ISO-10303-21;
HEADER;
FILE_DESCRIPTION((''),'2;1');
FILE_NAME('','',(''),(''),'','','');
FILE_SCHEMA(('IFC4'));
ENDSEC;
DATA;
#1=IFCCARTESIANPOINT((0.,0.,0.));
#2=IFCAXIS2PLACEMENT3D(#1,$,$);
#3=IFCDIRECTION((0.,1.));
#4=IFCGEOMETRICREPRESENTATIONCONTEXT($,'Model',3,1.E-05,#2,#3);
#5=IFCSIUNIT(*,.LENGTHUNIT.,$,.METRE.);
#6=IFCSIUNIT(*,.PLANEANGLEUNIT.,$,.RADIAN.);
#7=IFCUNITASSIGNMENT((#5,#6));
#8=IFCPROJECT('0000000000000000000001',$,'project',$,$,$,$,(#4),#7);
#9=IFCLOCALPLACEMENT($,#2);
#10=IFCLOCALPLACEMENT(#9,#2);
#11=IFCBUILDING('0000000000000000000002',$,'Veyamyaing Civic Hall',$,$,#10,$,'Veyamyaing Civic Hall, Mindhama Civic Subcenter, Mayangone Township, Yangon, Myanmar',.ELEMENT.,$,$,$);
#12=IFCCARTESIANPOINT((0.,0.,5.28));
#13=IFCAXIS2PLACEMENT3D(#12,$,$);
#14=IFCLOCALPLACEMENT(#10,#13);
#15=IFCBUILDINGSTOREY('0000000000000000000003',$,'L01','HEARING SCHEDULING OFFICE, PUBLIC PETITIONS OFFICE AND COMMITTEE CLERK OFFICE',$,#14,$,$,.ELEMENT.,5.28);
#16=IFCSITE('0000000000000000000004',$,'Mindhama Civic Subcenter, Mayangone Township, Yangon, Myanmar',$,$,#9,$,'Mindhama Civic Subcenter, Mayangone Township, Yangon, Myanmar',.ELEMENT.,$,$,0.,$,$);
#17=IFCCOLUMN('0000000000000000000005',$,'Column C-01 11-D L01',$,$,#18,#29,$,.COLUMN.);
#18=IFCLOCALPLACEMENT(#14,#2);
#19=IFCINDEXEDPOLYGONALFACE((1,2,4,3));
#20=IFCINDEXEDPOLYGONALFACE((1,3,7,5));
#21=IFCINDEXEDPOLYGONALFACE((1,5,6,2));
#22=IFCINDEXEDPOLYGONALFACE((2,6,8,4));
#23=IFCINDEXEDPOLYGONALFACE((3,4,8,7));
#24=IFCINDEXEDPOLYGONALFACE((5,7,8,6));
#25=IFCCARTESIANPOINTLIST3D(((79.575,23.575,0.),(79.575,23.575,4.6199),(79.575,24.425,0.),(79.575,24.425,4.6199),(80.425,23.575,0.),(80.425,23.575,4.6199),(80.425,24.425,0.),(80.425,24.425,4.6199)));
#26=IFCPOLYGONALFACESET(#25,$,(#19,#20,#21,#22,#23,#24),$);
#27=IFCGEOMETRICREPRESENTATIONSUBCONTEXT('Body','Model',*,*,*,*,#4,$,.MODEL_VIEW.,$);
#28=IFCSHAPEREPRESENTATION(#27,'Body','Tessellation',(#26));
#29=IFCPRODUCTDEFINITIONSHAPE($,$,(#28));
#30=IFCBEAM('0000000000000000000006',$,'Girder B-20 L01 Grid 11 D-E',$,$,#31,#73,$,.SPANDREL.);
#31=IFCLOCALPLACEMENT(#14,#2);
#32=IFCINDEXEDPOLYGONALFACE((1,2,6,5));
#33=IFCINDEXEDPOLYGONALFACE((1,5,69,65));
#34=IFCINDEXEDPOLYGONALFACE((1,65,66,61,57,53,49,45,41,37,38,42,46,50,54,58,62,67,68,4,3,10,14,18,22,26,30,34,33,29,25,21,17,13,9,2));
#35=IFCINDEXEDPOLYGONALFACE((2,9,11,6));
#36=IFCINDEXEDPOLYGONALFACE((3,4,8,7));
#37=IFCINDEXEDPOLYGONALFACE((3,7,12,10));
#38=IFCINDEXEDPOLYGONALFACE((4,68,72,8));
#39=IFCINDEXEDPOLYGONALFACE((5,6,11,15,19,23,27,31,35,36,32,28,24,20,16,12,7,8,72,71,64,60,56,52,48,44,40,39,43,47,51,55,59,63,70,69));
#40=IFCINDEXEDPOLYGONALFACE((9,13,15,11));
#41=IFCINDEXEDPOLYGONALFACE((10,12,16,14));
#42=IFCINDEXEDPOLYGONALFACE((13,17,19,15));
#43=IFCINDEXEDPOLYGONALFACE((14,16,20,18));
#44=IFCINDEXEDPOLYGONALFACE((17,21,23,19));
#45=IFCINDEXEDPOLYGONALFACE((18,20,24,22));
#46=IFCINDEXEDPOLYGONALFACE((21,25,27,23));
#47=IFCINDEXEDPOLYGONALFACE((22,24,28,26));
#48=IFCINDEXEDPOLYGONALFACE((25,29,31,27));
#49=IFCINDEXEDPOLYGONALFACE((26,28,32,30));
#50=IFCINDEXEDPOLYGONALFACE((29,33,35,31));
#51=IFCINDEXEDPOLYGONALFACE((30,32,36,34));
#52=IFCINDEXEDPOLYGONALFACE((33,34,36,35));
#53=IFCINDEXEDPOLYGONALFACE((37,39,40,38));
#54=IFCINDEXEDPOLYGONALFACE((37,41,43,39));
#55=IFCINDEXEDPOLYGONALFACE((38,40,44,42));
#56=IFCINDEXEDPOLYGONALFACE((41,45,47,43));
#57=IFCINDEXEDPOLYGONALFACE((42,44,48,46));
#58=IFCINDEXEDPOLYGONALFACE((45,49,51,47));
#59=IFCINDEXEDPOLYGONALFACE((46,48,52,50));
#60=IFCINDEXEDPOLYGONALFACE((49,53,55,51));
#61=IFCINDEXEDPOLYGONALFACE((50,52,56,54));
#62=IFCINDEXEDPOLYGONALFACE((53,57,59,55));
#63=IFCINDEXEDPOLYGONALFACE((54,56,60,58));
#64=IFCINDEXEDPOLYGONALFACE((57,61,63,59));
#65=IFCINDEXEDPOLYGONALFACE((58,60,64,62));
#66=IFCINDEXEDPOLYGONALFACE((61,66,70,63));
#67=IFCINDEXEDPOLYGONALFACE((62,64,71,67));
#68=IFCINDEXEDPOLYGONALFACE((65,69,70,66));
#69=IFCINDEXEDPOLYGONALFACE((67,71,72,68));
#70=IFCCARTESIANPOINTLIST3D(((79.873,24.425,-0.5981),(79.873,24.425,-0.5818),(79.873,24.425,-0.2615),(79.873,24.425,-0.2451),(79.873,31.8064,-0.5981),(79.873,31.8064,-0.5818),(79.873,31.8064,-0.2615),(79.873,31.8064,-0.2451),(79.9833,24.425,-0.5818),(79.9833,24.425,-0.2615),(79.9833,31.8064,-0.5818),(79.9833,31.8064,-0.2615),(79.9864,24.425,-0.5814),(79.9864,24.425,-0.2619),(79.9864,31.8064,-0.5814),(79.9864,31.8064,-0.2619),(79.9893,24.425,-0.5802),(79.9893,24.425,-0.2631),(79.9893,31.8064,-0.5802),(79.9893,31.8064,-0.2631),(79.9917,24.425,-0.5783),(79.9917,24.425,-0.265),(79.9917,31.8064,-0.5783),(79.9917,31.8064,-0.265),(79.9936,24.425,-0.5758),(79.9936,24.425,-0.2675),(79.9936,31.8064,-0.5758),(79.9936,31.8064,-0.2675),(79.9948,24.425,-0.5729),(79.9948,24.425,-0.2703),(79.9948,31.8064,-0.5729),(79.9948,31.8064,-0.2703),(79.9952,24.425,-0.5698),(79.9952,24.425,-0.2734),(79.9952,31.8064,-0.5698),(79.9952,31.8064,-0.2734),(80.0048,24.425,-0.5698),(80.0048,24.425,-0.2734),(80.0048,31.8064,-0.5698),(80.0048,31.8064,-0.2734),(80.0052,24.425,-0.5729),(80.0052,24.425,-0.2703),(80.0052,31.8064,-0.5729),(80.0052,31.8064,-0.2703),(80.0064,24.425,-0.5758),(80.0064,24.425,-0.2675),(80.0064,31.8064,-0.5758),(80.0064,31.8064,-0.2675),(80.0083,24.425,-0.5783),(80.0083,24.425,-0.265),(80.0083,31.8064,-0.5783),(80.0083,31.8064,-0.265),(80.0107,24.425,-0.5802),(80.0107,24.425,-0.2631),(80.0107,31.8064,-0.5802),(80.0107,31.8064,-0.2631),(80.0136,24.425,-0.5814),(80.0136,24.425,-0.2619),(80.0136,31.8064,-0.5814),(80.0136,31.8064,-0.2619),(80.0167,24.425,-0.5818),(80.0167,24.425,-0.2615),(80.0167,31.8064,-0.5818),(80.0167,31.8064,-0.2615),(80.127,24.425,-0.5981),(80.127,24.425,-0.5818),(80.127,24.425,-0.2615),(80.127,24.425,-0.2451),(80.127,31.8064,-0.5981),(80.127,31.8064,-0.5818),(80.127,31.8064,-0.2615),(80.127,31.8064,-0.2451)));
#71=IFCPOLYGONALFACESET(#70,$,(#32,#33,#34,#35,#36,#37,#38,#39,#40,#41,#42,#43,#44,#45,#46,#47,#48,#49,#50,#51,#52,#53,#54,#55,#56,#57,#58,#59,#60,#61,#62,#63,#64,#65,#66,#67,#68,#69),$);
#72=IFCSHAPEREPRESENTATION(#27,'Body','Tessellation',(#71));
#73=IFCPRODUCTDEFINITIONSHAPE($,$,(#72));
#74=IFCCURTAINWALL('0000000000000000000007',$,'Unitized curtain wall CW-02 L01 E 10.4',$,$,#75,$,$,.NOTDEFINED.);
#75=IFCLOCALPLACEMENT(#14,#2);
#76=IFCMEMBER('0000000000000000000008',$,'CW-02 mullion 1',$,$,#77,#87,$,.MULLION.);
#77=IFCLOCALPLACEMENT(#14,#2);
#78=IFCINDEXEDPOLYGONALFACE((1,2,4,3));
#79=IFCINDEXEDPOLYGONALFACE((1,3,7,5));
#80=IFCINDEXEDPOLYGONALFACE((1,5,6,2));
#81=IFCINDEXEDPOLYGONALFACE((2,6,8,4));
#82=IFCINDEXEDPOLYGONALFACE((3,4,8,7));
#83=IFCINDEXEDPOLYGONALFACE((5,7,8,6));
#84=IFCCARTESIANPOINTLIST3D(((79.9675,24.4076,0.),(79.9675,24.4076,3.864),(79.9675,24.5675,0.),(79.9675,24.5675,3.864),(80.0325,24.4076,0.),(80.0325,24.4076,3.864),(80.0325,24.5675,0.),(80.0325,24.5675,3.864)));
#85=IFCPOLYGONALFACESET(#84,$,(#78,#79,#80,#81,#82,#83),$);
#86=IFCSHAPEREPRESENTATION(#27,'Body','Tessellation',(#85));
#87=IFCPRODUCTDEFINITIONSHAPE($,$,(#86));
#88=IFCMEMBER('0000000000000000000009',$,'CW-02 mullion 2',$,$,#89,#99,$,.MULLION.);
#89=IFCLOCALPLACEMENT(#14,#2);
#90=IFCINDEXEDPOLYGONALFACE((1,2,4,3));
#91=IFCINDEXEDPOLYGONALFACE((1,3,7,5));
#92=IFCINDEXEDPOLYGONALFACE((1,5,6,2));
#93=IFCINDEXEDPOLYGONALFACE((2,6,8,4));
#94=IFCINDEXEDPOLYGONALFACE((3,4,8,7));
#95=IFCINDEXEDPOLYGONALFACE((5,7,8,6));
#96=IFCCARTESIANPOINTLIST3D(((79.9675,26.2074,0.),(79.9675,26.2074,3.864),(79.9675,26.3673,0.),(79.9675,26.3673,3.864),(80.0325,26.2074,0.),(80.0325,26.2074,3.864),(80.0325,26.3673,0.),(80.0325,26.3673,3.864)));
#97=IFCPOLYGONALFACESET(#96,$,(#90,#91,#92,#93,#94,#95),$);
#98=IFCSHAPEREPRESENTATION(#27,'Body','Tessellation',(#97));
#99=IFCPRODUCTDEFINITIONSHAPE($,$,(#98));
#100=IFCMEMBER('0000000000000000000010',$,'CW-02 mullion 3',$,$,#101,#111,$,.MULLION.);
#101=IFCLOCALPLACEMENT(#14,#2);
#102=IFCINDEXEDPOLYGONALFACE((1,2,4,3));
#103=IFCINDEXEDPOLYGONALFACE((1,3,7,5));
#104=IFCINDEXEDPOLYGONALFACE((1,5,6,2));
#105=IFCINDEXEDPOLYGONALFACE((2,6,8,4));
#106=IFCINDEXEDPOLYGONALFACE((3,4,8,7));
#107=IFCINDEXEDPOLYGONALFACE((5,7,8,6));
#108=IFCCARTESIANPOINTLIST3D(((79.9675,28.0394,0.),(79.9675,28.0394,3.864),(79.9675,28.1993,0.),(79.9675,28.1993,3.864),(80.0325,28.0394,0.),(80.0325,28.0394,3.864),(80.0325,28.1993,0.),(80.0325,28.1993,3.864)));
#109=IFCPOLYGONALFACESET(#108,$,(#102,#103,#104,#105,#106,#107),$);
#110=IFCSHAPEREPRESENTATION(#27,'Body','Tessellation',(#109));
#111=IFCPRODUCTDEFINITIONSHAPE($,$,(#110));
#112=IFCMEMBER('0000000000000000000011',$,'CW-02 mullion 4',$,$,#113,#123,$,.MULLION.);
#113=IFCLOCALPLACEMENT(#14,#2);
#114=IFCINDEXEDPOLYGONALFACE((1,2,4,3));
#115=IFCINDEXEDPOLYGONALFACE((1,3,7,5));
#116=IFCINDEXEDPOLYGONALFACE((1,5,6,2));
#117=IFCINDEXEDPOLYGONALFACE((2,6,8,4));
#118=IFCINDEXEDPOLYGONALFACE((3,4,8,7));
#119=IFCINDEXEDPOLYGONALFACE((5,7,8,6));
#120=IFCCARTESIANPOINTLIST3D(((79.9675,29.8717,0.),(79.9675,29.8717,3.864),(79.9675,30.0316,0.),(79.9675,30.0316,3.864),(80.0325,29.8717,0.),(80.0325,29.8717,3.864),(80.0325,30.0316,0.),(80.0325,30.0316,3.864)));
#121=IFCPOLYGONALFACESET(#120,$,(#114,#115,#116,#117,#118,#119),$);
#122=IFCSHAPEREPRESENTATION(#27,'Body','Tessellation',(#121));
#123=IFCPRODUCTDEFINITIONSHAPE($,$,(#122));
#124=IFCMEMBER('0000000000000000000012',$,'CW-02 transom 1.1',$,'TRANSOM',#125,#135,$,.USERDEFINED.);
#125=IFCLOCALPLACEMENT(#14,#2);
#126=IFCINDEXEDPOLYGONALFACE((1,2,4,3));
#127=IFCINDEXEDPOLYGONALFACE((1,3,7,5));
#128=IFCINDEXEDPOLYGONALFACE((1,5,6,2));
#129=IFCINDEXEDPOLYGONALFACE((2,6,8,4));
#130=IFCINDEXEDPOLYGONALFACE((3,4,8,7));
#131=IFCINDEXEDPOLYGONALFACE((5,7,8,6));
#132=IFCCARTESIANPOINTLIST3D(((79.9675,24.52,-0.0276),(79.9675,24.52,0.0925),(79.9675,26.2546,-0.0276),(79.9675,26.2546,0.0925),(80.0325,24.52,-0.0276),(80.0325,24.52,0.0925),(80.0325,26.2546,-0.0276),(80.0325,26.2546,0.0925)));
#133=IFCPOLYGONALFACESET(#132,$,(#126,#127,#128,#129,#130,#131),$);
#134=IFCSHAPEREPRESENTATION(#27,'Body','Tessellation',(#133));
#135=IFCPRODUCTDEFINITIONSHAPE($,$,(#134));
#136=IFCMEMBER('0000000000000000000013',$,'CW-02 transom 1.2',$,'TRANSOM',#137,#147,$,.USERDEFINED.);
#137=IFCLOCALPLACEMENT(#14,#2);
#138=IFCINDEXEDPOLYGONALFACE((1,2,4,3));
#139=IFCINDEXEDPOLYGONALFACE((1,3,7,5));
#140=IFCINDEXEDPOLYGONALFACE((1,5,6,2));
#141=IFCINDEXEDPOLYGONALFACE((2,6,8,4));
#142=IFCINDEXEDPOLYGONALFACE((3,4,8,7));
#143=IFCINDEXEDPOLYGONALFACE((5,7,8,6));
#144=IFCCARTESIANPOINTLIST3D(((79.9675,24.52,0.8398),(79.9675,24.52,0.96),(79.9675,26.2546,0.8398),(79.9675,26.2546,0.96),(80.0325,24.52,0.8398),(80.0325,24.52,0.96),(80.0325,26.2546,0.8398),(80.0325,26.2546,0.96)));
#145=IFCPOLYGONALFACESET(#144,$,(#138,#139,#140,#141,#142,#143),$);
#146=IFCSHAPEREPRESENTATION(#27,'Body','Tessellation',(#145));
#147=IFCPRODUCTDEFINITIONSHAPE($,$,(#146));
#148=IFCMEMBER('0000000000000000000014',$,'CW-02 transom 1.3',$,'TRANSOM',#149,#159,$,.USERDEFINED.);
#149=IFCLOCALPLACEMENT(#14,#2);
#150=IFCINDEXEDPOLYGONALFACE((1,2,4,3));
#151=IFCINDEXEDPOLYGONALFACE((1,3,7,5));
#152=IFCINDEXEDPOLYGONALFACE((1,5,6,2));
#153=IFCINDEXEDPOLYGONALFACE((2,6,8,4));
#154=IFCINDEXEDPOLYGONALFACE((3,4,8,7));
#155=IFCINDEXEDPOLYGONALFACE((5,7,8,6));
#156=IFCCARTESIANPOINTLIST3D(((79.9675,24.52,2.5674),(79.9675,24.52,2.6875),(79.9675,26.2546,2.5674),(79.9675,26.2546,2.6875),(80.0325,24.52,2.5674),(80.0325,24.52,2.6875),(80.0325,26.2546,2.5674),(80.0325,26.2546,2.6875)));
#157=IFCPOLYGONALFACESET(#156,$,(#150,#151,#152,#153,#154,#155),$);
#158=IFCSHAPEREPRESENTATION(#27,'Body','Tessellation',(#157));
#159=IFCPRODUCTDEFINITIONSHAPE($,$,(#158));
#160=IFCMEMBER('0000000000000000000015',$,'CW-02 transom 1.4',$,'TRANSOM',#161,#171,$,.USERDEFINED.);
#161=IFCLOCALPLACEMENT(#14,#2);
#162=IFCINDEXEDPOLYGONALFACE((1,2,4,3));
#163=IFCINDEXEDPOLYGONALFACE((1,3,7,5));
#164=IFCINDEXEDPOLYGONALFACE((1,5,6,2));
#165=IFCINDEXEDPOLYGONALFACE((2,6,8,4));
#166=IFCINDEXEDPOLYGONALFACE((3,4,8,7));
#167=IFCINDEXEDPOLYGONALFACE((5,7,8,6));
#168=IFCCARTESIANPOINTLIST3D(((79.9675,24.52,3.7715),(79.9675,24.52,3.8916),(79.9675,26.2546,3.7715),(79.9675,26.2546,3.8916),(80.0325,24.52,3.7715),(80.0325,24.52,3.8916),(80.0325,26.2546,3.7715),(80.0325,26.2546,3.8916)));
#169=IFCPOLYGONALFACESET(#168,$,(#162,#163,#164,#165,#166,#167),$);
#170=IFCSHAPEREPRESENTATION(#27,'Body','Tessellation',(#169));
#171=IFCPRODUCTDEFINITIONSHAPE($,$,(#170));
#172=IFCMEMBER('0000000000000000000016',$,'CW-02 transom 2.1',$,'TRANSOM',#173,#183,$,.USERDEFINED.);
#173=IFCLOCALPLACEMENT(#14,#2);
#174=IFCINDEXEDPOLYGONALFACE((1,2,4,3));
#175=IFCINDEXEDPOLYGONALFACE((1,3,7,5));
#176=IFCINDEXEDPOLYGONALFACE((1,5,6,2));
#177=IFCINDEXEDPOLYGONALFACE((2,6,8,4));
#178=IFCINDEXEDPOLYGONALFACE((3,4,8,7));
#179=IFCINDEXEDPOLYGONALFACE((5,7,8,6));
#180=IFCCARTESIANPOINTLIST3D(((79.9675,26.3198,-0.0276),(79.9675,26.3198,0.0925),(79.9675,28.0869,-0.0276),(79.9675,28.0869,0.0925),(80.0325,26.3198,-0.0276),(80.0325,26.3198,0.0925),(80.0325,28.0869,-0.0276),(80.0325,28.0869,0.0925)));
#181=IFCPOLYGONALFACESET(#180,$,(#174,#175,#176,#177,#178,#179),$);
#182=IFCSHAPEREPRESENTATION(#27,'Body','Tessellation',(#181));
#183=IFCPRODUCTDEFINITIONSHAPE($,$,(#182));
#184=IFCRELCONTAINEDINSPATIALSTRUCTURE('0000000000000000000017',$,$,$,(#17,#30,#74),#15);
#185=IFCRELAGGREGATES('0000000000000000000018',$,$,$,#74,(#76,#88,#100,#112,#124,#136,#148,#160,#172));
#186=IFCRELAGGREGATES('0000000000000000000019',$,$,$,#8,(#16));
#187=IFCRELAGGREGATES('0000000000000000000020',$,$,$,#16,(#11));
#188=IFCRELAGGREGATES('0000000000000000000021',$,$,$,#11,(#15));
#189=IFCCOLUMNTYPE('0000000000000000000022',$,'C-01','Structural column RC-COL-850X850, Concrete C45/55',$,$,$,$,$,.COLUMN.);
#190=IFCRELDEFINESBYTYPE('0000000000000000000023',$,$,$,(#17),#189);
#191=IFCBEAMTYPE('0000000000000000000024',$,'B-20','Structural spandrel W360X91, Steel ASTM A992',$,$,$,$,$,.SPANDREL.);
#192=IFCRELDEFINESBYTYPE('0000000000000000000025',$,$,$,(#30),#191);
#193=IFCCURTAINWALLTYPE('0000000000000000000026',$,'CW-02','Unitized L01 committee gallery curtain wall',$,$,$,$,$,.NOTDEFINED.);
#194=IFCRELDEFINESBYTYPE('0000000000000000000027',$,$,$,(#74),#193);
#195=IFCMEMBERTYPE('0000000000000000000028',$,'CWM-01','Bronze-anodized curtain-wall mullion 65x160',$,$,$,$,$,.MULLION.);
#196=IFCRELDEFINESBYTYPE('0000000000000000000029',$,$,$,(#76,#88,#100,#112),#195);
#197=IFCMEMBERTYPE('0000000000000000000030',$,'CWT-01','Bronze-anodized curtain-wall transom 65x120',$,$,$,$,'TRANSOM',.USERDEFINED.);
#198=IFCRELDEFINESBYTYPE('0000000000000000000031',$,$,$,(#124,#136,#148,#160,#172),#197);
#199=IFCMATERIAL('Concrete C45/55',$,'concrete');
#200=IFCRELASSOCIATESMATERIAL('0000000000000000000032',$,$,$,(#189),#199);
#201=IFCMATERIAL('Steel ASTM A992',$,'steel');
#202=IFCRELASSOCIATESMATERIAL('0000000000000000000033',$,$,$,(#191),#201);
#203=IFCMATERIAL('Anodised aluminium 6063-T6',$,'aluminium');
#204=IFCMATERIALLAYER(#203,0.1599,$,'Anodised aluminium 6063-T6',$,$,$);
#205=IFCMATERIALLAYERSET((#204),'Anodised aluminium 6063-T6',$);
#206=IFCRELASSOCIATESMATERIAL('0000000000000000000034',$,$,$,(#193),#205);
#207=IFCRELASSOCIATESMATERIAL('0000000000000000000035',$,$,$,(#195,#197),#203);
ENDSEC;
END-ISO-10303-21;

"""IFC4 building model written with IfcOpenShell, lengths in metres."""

from ifc_helpers import new_model, si_unit, direction, frame, origin, origin_2d, place, context, subcontext, project, spatial, rectangle, i_section, extrude, material, layer, layer_set, material_profile, profile_set, type_object, element, aggregate, save


model = new_model("IFC4")

# Units and contexts
model_context = context("Model", 3, precision=1e-05, world=origin(), true_north=direction((0.0, 1.0)))
body_context = subcontext(model_context, "Body", "Model", "MODEL_VIEW")
ifc_project = project(units=[si_unit("LENGTHUNIT", "METRE"), si_unit("PLANEANGLEUNIT", "RADIAN")], contexts=[model_context])

# Site, building, storey
site_placement = place(None, origin())
site = spatial("IfcSite", under=ifc_project, at=site_placement, Name="Mindhama Civic Subcenter, Mayangone Township, Yangon, Myanmar", LongName="Mindhama Civic Subcenter, Mayangone Township, Yangon, Myanmar", CompositionType="ELEMENT", RefElevation=0.0)
building_placement = place(site_placement, origin())
building = spatial("IfcBuilding", under=site, at=building_placement, Name="Veyamyaing Civic Hall", LongName="Veyamyaing Civic Hall, Mindhama Civic Subcenter, Mayangone Township, Yangon, Myanmar", CompositionType="ELEMENT")
storey_placement = place(building_placement, frame((0.0, 0.0, 5.28)))
storey = spatial("IfcBuildingStorey", under=building, at=storey_placement, Name="L01", Description="HEARING SCHEDULING OFFICE, PUBLIC PETITIONS OFFICE AND COMMITTEE CLERK OFFICE", CompositionType="ELEMENT", Elevation=5.28)

# Column
ifc_material_1 = material(Name="Concrete C45/55", Category="concrete")
ifc_material_profile_1 = material_profile(ifc_material_1, rectangle(XDim=0.8501, YDim=0.8501, at=origin_2d()), Name="RC-COL-850X850")
ifc_profile_set_1 = profile_set([ifc_material_profile_1], Name="Concrete C45/55")
column_type = type_object("IfcColumnType", Name="C-01", Description="Structural column RC-COL-850X850, Concrete C45/55", PredefinedType="COLUMN", material=ifc_profile_set_1)
column_placement = place(storey_placement, frame((80.0, 24.0, 0.0), z_axis=(0.0, 0.0, 1.0), x_axis=(1.0, 0.0, 0.0)))
element("IfcColumn", 1, at=column_placement, inside=storey, type_object=column_type, Name="Column C-01 11-D L01", PredefinedType="COLUMN", context=body_context, shape_type="SweptSolid", body=[
    extrude(rectangle(XDim=0.8501, YDim=0.8501, at=origin_2d()), origin(), (0.0, 0.0, 1.0), 4.6199),
])

# Beam
ifc_material_2 = material(Name="Steel ASTM A992", Category="steel")
ifc_material_profile_2 = material_profile(ifc_material_2, i_section(OverallWidth=0.2539, OverallDepth=0.353, WebThickness=0.0095, FlangeThickness=0.0164, FilletRadius=0.012, at=origin_2d()), Name="W360X91")
ifc_profile_set_2 = profile_set([ifc_material_profile_2], Name="Steel ASTM A992")
beam_type = type_object("IfcBeamType", Name="B-20", Description="Structural spandrel W360X91, Steel ASTM A992", PredefinedType="SPANDREL", material=ifc_profile_set_2)
beam_placement = place(storey_placement, frame((80.0, 24.425, -0.4216), z_axis=(0.0, 1.0, 0.0), x_axis=(-1.0, 0.0, 0.0)))
element("IfcBeam", 2, at=beam_placement, inside=storey, type_object=beam_type, Name="Girder B-20 L01 Grid 11 D-E", PredefinedType="SPANDREL", context=body_context, shape_type="SweptSolid", body=[
    extrude(i_section(OverallWidth=0.2539, OverallDepth=0.353, WebThickness=0.0095, FlangeThickness=0.0164, FilletRadius=0.012, at=origin_2d()), origin(), (0.0, 0.0, 1.0), 7.3813),
])

# Curtain wall, members
ifc_material_3 = material(Name="Anodised aluminium 6063-T6", Category="aluminium")
ifc_layer_1 = layer(ifc_material_3, 0.1599, Name="Anodised aluminium 6063-T6")
ifc_layer_set_1 = layer_set([ifc_layer_1], Name="Anodised aluminium 6063-T6")
curtain_wall_type = type_object("IfcCurtainWallType", Name="CW-02", Description="Unitized L01 committee gallery curtain wall", PredefinedType="NOTDEFINED", material=ifc_layer_set_1)
curtain_wall_placement = place(storey_placement, origin())
curtain_wall = element("IfcCurtainWall", 3, at=curtain_wall_placement, inside=storey, type_object=curtain_wall_type, Name="Unitized curtain wall CW-02 L01 E 10.4", PredefinedType="NOTDEFINED")
ifc_material_profile_3 = material_profile(ifc_material_3, rectangle(XDim=0.0649, YDim=0.1599, at=origin_2d()), Name="ALU-MUL-65X160")
ifc_profile_set_3 = profile_set([ifc_material_profile_3], Name="Anodised aluminium 6063-T6")
member_type_1 = type_object("IfcMemberType", Name="CWM-01", Description="Bronze-anodized curtain-wall mullion 65x160", PredefinedType="MULLION", material=ifc_profile_set_3)
member_1_placement = place(storey_placement, frame((80.0, 24.4875, 0.0), z_axis=(0.0, 0.0, 1.0), x_axis=(-1.0, 0.0, 0.0)))
member_1 = element("IfcMember", 4, at=member_1_placement, type_object=member_type_1, Name="CW-02 mullion 1", PredefinedType="MULLION", context=body_context, shape_type="SweptSolid", body=[
    extrude(rectangle(XDim=0.0649, YDim=0.1599, at=origin_2d()), origin(), (0.0, 0.0, 1.0), 3.864),
])
member_2_placement = place(storey_placement, frame((80.0, 26.2874, 0.0), z_axis=(0.0, 0.0, 1.0), x_axis=(-1.0, 0.0, 0.0)))
member_2 = element("IfcMember", 5, at=member_2_placement, type_object=member_type_1, Name="CW-02 mullion 2", PredefinedType="MULLION", context=body_context, shape_type="SweptSolid", body=[
    extrude(rectangle(XDim=0.0649, YDim=0.1599, at=origin_2d()), origin(), (0.0, 0.0, 1.0), 3.864),
])
member_3_placement = place(storey_placement, frame((80.0, 28.1194, 0.0), z_axis=(0.0, 0.0, 1.0), x_axis=(-1.0, 0.0, 0.0)))
member_3 = element("IfcMember", 6, at=member_3_placement, type_object=member_type_1, Name="CW-02 mullion 3", PredefinedType="MULLION", context=body_context, shape_type="SweptSolid", body=[
    extrude(rectangle(XDim=0.0649, YDim=0.1599, at=origin_2d()), origin(), (0.0, 0.0, 1.0), 3.864),
])
member_4_placement = place(storey_placement, frame((80.0, 29.9517, 0.0), z_axis=(0.0, 0.0, 1.0), x_axis=(-1.0, 0.0, 0.0)))
member_4 = element("IfcMember", 7, at=member_4_placement, type_object=member_type_1, Name="CW-02 mullion 4", PredefinedType="MULLION", context=body_context, shape_type="SweptSolid", body=[
    extrude(rectangle(XDim=0.0649, YDim=0.1599, at=origin_2d()), origin(), (0.0, 0.0, 1.0), 3.864),
])
ifc_material_profile_4 = material_profile(ifc_material_3, rectangle(XDim=0.0649, YDim=0.1201, at=origin_2d()), Name="ALU-TRN-65X120")
ifc_profile_set_4 = profile_set([ifc_material_profile_4], Name="Anodised aluminium 6063-T6")
member_type_2 = type_object("IfcMemberType", Name="CWT-01", Description="Bronze-anodized curtain-wall transom 65x120", ElementType="TRANSOM", PredefinedType="USERDEFINED", material=ifc_profile_set_4)
member_5_placement = place(storey_placement, frame((80.0, 24.52, 0.0325), z_axis=(0.0, 1.0, 0.0), x_axis=(-1.0, 0.0, 0.0)))
member_5 = element("IfcMember", 8, at=member_5_placement, type_object=member_type_2, Name="CW-02 transom 1.1", ObjectType="TRANSOM", PredefinedType="USERDEFINED", context=body_context, shape_type="SweptSolid", body=[
    extrude(rectangle(XDim=0.0649, YDim=0.1201, at=origin_2d()), origin(), (0.0, 0.0, 1.0), 1.7346),
])
member_6_placement = place(storey_placement, frame((80.0, 24.52, 0.8999), z_axis=(0.0, 1.0, 0.0), x_axis=(-1.0, 0.0, 0.0)))
member_6 = element("IfcMember", 9, at=member_6_placement, type_object=member_type_2, Name="CW-02 transom 1.2", ObjectType="TRANSOM", PredefinedType="USERDEFINED", context=body_context, shape_type="SweptSolid", body=[
    extrude(rectangle(XDim=0.0649, YDim=0.1201, at=origin_2d()), origin(), (0.0, 0.0, 1.0), 1.7346),
])
member_7_placement = place(storey_placement, frame((80.0, 24.52, 2.6274), z_axis=(0.0, 1.0, 0.0), x_axis=(-1.0, 0.0, 0.0)))
member_7 = element("IfcMember", 10, at=member_7_placement, type_object=member_type_2, Name="CW-02 transom 1.3", ObjectType="TRANSOM", PredefinedType="USERDEFINED", context=body_context, shape_type="SweptSolid", body=[
    extrude(rectangle(XDim=0.0649, YDim=0.1201, at=origin_2d()), origin(), (0.0, 0.0, 1.0), 1.7346),
])
member_8_placement = place(storey_placement, frame((80.0, 24.52, 3.8315), z_axis=(0.0, 1.0, 0.0), x_axis=(-1.0, 0.0, 0.0)))
member_8 = element("IfcMember", 11, at=member_8_placement, type_object=member_type_2, Name="CW-02 transom 1.4", ObjectType="TRANSOM", PredefinedType="USERDEFINED", context=body_context, shape_type="SweptSolid", body=[
    extrude(rectangle(XDim=0.0649, YDim=0.1201, at=origin_2d()), origin(), (0.0, 0.0, 1.0), 1.7346),
])
member_9_placement = place(storey_placement, frame((80.0, 26.3198, 0.0325), z_axis=(0.0, 1.0, 0.0), x_axis=(-1.0, 0.0, 0.0)))
member_9 = element("IfcMember", 12, at=member_9_placement, type_object=member_type_2, Name="CW-02 transom 2.1", ObjectType="TRANSOM", PredefinedType="USERDEFINED", context=body_context, shape_type="SweptSolid", body=[
    extrude(rectangle(XDim=0.0649, YDim=0.1201, at=origin_2d()), origin(), (0.0, 0.0, 1.0), 1.7671),
])
aggregate(curtain_wall, [member_1, member_2, member_3, member_4, member_5, member_6, member_7, member_8, member_9])

save(model, "model.ifc")
